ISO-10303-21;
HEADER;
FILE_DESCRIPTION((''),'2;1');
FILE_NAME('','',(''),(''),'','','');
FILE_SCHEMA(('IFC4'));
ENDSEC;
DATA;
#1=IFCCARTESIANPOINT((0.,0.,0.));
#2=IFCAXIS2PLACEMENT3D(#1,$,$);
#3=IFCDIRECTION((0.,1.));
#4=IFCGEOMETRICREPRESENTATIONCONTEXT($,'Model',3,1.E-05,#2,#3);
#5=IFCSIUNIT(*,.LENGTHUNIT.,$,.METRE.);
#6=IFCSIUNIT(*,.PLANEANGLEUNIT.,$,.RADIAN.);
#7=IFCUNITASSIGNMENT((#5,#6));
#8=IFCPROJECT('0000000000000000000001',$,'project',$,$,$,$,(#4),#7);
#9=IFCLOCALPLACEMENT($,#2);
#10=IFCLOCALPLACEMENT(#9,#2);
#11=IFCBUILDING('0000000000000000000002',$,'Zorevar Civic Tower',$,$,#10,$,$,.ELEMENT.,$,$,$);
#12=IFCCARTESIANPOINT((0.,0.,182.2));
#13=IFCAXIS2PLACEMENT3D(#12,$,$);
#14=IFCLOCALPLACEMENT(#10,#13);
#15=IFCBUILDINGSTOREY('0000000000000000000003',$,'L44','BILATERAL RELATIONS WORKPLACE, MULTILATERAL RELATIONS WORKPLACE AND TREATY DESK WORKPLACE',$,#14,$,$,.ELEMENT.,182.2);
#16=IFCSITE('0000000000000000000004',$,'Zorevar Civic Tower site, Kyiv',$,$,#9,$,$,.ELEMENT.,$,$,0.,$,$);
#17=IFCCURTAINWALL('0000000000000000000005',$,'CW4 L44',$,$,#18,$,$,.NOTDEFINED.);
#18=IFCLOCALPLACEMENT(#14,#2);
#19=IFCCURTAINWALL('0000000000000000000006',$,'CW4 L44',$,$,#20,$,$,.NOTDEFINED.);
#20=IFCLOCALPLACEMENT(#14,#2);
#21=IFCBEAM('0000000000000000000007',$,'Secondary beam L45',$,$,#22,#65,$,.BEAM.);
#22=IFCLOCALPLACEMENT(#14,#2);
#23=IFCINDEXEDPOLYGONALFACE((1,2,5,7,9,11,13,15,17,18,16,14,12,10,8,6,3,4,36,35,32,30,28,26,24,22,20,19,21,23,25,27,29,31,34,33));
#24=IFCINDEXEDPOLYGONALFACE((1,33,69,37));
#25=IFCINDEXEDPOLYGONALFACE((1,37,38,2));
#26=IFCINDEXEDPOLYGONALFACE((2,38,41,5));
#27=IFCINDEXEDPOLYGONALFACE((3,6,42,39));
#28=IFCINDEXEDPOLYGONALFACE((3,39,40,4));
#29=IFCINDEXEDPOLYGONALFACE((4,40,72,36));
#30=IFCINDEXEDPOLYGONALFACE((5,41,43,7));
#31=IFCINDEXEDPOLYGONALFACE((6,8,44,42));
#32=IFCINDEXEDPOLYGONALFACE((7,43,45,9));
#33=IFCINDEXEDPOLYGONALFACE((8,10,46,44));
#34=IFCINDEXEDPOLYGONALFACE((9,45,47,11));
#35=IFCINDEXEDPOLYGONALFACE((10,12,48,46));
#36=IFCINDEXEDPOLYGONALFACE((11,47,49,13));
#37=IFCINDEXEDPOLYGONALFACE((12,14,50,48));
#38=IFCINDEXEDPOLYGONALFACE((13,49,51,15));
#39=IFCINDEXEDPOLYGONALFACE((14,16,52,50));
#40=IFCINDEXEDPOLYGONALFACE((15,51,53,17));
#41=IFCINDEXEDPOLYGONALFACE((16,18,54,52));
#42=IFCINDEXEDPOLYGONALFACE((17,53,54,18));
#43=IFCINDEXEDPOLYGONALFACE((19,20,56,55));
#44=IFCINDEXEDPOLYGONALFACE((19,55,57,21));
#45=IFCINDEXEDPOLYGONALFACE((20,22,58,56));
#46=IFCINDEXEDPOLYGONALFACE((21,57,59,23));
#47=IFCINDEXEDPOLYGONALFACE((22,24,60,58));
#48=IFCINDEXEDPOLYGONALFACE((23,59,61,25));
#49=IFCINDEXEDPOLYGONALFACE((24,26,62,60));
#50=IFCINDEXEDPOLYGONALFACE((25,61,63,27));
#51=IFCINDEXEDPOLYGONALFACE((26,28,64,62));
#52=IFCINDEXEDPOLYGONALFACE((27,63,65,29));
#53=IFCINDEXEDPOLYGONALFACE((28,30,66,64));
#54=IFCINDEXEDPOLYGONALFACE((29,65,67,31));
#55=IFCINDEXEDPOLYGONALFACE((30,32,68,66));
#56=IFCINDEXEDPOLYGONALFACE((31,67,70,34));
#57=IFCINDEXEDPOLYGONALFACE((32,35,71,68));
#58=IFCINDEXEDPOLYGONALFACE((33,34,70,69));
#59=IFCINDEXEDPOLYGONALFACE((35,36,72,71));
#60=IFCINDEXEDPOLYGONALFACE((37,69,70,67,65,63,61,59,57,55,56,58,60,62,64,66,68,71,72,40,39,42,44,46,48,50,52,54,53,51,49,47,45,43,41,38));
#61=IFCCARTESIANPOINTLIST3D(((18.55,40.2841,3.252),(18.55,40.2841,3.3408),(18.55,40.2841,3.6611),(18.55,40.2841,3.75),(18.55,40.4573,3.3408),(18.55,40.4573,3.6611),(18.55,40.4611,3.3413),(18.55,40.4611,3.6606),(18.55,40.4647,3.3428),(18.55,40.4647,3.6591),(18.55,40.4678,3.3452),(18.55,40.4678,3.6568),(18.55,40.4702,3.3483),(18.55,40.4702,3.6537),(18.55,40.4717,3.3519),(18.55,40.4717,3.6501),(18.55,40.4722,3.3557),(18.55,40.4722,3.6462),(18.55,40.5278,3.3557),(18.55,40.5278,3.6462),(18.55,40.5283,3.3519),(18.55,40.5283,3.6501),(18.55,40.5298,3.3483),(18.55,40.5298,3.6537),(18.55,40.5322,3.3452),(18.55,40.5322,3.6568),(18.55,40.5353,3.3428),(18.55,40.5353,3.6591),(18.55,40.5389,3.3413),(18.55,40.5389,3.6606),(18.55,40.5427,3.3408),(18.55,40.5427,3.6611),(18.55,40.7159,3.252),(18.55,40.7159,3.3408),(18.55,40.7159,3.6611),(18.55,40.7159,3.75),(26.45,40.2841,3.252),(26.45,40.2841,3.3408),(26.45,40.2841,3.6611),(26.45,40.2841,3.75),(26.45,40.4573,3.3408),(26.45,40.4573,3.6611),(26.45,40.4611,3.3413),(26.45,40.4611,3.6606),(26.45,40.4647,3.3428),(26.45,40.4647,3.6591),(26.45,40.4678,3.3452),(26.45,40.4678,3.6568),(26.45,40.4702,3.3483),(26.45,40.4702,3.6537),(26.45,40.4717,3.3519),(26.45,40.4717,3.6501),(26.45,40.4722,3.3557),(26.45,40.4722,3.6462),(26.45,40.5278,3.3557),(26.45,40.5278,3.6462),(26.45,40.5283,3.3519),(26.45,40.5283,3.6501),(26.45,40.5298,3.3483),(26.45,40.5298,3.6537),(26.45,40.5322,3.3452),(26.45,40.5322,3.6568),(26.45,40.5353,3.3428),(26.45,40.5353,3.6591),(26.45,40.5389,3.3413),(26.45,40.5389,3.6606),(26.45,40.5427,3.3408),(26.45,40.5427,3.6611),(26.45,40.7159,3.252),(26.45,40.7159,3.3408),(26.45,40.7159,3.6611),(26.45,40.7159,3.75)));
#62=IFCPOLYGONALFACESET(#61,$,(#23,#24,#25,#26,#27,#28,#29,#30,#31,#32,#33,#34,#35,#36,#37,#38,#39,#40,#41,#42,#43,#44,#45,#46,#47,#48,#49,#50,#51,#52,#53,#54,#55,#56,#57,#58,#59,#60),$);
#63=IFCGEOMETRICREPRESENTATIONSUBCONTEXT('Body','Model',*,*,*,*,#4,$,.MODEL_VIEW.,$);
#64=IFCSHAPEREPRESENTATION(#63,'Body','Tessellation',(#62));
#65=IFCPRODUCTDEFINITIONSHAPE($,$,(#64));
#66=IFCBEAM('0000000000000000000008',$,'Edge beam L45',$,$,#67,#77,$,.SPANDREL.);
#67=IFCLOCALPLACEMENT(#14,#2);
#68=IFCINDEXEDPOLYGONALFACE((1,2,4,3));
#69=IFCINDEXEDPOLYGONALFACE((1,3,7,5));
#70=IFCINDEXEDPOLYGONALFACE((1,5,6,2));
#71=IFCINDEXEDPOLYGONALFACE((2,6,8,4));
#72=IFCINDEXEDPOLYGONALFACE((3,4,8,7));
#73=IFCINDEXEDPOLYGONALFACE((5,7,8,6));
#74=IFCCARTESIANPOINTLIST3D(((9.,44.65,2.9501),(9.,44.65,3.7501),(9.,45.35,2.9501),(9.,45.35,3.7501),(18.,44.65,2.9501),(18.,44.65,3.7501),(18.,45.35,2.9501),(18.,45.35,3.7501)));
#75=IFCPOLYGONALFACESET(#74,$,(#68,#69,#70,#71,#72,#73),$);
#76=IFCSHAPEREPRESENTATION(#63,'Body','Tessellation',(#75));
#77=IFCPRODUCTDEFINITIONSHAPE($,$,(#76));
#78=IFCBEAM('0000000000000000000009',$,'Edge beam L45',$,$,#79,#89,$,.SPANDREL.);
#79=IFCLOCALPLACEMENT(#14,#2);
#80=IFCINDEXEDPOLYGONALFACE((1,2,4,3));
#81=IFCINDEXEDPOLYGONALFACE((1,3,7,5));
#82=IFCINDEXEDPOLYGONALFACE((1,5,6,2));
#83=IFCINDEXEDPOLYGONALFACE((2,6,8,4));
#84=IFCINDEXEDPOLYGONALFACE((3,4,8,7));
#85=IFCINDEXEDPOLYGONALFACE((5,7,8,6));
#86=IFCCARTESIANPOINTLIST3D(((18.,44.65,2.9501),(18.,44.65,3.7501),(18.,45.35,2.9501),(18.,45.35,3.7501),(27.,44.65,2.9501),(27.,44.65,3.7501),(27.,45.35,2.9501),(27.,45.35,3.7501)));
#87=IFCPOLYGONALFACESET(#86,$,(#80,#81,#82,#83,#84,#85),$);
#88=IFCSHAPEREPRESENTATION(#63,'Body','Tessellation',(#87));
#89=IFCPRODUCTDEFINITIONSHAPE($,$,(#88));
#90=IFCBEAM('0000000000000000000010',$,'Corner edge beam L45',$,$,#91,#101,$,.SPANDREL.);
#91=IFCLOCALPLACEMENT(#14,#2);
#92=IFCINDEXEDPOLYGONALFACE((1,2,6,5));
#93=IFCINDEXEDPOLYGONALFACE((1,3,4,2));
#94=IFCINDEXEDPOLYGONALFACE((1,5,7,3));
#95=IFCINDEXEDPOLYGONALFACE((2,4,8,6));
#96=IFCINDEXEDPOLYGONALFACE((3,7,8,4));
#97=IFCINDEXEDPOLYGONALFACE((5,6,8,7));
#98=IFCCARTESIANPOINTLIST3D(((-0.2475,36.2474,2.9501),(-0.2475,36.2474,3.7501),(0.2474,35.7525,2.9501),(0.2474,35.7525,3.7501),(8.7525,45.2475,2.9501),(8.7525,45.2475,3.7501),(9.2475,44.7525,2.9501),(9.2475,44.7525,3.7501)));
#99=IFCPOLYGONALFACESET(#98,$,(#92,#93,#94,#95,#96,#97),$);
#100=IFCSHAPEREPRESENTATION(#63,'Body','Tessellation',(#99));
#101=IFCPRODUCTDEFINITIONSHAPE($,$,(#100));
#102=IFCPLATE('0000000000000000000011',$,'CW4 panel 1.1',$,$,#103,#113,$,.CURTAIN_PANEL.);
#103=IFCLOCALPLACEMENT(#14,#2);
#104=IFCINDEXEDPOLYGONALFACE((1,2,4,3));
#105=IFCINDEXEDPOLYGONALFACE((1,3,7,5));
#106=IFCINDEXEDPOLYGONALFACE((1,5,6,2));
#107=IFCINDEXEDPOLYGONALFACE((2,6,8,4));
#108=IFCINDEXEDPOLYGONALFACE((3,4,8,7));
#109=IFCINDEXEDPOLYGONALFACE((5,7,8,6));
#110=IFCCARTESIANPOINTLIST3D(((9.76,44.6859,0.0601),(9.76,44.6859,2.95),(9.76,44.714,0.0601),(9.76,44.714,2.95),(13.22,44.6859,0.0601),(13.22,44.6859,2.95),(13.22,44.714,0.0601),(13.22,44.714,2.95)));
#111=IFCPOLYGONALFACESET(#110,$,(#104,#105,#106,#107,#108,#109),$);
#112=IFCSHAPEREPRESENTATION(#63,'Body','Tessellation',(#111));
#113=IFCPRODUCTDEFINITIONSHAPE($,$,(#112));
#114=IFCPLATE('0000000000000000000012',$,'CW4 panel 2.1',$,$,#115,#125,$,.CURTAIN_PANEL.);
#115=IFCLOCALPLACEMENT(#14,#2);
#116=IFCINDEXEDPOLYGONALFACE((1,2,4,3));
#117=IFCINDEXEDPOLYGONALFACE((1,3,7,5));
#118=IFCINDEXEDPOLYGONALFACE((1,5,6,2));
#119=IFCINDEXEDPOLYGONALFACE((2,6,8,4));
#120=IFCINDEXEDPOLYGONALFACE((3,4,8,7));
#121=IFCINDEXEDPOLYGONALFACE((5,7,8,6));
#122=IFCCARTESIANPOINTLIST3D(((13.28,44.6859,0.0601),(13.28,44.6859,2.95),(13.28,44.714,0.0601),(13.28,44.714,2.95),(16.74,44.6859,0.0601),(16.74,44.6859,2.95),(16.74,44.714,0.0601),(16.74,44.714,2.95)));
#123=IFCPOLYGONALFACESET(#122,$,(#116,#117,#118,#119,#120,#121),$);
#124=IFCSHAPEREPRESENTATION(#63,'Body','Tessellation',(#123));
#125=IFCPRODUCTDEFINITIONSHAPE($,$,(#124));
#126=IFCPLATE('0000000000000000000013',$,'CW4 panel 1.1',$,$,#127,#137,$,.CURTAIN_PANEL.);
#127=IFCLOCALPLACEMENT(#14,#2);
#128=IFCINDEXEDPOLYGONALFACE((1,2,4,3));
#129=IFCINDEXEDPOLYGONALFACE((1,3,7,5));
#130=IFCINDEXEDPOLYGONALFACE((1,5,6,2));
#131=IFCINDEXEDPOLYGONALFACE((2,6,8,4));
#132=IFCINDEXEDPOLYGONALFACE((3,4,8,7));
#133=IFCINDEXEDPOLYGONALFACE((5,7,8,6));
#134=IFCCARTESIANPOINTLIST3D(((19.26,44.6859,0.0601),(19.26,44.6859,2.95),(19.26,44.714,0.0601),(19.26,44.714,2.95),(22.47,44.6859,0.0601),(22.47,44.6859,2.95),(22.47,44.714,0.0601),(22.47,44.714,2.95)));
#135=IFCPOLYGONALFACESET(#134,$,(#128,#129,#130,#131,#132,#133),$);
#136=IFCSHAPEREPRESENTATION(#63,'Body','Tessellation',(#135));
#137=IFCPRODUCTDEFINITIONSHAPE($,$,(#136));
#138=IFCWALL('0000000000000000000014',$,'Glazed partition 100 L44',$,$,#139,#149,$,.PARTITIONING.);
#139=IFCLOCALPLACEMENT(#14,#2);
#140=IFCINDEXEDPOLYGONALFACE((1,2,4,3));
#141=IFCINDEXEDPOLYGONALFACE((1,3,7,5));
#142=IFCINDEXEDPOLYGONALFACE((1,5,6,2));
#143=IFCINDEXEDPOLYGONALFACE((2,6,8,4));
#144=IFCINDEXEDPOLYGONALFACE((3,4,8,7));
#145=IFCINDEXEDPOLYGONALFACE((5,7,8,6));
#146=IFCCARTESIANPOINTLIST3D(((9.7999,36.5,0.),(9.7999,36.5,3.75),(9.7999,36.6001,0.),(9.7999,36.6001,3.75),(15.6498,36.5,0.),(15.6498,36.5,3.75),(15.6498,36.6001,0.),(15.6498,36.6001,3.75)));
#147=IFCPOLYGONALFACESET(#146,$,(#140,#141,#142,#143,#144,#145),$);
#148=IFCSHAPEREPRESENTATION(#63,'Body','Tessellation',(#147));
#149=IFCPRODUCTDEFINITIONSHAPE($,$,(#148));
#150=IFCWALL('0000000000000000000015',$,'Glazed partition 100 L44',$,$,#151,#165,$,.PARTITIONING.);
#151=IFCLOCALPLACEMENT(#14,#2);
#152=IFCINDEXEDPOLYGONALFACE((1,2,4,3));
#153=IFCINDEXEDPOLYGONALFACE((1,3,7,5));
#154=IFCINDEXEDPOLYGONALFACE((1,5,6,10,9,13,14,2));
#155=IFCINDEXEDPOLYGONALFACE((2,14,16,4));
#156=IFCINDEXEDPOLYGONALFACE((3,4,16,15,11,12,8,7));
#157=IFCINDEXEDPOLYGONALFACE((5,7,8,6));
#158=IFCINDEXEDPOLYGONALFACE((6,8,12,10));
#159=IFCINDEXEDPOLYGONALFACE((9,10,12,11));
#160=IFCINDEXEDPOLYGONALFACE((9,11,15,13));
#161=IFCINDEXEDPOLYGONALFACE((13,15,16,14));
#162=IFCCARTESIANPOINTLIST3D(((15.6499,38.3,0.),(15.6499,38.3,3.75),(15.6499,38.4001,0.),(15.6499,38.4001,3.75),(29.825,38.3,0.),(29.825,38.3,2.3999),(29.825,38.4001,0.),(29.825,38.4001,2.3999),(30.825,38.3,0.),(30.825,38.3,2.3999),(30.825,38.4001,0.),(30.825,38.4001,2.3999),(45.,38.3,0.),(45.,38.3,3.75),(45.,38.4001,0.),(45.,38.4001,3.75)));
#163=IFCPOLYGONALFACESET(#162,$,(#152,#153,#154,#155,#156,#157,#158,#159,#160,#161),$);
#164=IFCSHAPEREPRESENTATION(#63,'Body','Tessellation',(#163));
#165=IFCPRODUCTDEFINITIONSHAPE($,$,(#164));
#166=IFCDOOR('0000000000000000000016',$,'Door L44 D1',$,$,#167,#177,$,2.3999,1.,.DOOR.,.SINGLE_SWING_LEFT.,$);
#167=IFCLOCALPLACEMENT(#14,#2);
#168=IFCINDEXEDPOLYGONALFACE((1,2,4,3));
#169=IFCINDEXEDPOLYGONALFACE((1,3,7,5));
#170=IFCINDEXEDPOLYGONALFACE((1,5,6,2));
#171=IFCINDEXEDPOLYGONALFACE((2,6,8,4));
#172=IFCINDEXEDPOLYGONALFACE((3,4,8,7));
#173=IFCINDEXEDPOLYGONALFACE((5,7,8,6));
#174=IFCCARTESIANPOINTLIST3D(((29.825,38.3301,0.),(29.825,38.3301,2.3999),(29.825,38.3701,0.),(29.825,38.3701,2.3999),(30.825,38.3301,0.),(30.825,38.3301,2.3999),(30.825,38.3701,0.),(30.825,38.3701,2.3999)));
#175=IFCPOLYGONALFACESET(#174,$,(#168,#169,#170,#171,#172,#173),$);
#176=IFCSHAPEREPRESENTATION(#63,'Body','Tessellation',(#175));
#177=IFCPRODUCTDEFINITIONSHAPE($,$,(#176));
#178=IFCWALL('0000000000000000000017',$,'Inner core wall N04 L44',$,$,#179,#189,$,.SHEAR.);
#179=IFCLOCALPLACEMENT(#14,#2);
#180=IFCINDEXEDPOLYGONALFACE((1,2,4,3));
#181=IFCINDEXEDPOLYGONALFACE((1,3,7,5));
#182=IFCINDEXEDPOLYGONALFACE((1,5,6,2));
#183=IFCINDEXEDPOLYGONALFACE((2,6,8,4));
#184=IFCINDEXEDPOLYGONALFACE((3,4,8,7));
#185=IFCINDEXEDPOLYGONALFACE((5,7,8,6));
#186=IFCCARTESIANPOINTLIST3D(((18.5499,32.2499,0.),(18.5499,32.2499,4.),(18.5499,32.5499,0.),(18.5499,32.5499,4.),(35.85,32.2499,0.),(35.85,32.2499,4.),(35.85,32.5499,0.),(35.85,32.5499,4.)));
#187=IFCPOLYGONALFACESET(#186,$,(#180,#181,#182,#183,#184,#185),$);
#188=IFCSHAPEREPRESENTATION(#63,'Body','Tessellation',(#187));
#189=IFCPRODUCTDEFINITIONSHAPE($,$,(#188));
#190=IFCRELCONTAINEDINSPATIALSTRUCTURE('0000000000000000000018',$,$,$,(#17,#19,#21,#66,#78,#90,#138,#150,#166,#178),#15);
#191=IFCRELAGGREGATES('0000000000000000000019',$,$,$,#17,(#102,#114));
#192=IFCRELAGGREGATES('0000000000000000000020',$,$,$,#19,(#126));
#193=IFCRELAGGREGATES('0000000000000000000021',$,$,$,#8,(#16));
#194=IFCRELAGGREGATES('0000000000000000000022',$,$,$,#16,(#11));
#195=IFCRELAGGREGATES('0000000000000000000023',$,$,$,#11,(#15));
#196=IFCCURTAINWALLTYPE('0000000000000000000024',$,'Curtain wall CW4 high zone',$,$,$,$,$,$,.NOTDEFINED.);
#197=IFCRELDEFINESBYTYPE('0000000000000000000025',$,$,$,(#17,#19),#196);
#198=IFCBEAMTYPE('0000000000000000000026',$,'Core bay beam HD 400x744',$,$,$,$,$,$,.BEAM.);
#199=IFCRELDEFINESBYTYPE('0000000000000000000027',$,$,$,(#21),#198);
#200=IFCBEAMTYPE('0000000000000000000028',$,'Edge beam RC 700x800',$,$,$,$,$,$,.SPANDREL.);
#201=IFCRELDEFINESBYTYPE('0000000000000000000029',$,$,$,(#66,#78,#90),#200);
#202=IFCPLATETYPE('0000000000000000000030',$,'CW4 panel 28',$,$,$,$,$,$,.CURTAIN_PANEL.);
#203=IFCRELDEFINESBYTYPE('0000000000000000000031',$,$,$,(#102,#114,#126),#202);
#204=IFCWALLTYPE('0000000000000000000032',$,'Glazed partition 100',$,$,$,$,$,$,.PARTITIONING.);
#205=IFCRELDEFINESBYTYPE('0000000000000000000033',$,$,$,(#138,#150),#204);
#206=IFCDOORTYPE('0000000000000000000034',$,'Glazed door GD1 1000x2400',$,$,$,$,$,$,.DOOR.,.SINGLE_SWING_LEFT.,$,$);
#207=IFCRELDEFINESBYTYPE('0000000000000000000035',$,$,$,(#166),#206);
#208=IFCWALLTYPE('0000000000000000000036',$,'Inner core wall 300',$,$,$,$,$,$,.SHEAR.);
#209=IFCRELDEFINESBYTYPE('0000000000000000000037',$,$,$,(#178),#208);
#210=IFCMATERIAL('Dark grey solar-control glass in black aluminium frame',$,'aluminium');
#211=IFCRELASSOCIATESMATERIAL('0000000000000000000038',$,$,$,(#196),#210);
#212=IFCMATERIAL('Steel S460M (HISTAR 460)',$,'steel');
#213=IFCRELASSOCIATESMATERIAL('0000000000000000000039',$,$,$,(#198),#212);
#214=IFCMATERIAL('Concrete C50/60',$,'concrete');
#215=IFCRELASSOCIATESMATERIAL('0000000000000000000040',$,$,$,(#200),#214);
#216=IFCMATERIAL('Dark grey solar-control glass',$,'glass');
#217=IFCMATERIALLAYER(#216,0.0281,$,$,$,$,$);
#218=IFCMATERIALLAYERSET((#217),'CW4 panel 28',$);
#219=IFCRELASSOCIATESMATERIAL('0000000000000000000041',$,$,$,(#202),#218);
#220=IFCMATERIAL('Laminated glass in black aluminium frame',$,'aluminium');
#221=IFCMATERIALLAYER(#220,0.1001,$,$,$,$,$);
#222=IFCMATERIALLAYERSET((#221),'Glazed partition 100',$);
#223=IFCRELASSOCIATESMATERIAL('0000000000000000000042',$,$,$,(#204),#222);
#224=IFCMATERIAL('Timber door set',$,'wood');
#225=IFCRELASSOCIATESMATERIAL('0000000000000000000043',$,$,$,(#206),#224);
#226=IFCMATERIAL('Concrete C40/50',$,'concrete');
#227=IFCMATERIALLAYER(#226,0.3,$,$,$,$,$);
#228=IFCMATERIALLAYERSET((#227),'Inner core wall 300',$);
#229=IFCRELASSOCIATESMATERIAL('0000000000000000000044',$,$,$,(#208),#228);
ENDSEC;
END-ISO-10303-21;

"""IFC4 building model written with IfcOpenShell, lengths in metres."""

from ifc_helpers import new_model, si_unit, direction, frame, frame_2d, origin, origin_2d, place, context, subcontext, project, spatial, rectangle, i_section, extrude, material, layer, layer_set, material_profile, profile_set, type_object, element, fill, aggregate, save


model = new_model("IFC4")

# Units and contexts
model_context = context("Model", 3, precision=1e-05, world=origin(), true_north=direction((0.0, 1.0)))
body_context = subcontext(model_context, "Body", "Model", "MODEL_VIEW")
ifc_project = project(units=[si_unit("LENGTHUNIT", "METRE"), si_unit("PLANEANGLEUNIT", "RADIAN")], contexts=[model_context])

# Site, building, storey
site_placement = place(None, origin())
site = spatial("IfcSite", under=ifc_project, at=site_placement, Name="Zorevar Civic Tower site, Kyiv", CompositionType="ELEMENT", RefElevation=0.0)
building_placement = place(site_placement, origin())
building = spatial("IfcBuilding", under=site, at=building_placement, Name="Zorevar Civic Tower", CompositionType="ELEMENT")
storey_placement = place(building_placement, frame((0.0, 0.0, 182.2)))
storey = spatial("IfcBuildingStorey", under=building, at=storey_placement, Name="L44", Description="BILATERAL RELATIONS WORKPLACE, MULTILATERAL RELATIONS WORKPLACE AND TREATY DESK WORKPLACE", CompositionType="ELEMENT", Elevation=182.2)

# Curtain wall
ifc_material_1 = material(Name="Dark grey solar-control glass in black aluminium frame", Category="aluminium")
curtain_wall_type = type_object("IfcCurtainWallType", Name="Curtain wall CW4 high zone", PredefinedType="NOTDEFINED", material=ifc_material_1)
curtain_wall_1_placement = place(storey_placement, origin())
curtain_wall_1 = element("IfcCurtainWall", 1, at=curtain_wall_1_placement, inside=storey, type_object=curtain_wall_type, Name="CW4 L44", PredefinedType="NOTDEFINED")

# Curtain wall
curtain_wall_2_placement = place(storey_placement, origin())
curtain_wall_2 = element("IfcCurtainWall", 2, at=curtain_wall_2_placement, inside=storey, type_object=curtain_wall_type, Name="CW4 L44", PredefinedType="NOTDEFINED")

# Beams
ifc_material_2 = material(Name="Steel S460M (HISTAR 460)", Category="steel")
ifc_material_profile_1 = material_profile(ifc_material_2, i_section(OverallWidth=0.4319, OverallDepth=0.498, WebThickness=0.0557, FlangeThickness=0.0889, FilletRadius=0.0149, at=origin_2d()), Name="HD 400x744")
ifc_profile_set_1 = profile_set([ifc_material_profile_1], Name="Steel S460M (HISTAR 460)")
beam_type_1 = type_object("IfcBeamType", Name="Core bay beam HD 400x744", PredefinedType="BEAM", material=ifc_profile_set_1)
beam_1_placement = place(storey_placement, frame((18.55, 40.5, 3.501), z_axis=(1.0, 0.0, 0.0), x_axis=(0.0, 1.0, 0.0)))
element("IfcBeam", 3, at=beam_1_placement, inside=storey, type_object=beam_type_1, Name="Secondary beam L45", PredefinedType="BEAM", context=body_context, shape_type="SweptSolid", body=[
    extrude(i_section(OverallWidth=0.4319, OverallDepth=0.498, WebThickness=0.0557, FlangeThickness=0.0889, FilletRadius=0.0149, at=origin_2d()), origin(), (0.0, 0.0, 1.0), 7.8999),
])
ifc_material_3 = material(Name="Concrete C50/60", Category="concrete")
ifc_material_profile_2 = material_profile(ifc_material_3, rectangle(XDim=0.7, YDim=0.8, at=origin_2d()), Name="RC 700x800")
ifc_profile_set_2 = profile_set([ifc_material_profile_2], Name="Concrete C50/60")
beam_type_2 = type_object("IfcBeamType", Name="Edge beam RC 700x800", PredefinedType="SPANDREL", material=ifc_profile_set_2)
for number, where, z_axis, x_axis, name in (
    (4, (9.0, 45.0, 3.3501), (1.0, 0.0, 0.0), (0.0, 1.0, 0.0), "Edge beam L45"),
    (5, (18.0, 45.0, 3.3501), (1.0, 0.0, 0.0), (0.0, 1.0, 0.0), "Edge beam L45"),
):
    element("IfcBeam", number, at=place(storey_placement, frame(where, z_axis=z_axis, x_axis=x_axis)), inside=storey, type_object=beam_type_2, Name=name, PredefinedType="SPANDREL", context=body_context, shape_type="SweptSolid", body=[
        extrude(rectangle(XDim=0.7, YDim=0.8, at=origin_2d()), origin(), (0.0, 0.0, 1.0), 9.0),
    ])
beam_2_placement = place(storey_placement, frame((9.0, 45.0, 3.3501), z_axis=(-0.707107, -0.707107, 0.0), x_axis=(0.707107, -0.707107, 0.0)))
element("IfcBeam", 6, at=beam_2_placement, inside=storey, type_object=beam_type_2, Name="Corner edge beam L45", PredefinedType="SPANDREL", context=body_context, shape_type="SweptSolid", body=[
    extrude(rectangle(XDim=0.7, YDim=0.8, at=origin_2d()), origin(), (0.0, 0.0, 1.0), 12.728),
])

# Plates
ifc_material_4 = material(Name="Dark grey solar-control glass", Category="glass")
ifc_layer_1 = layer(ifc_material_4, 0.0281)
ifc_layer_set_1 = layer_set([ifc_layer_1], Name="CW4 panel 28")
plate_type = type_object("IfcPlateType", Name="CW4 panel 28", PredefinedType="CURTAIN_PANEL", material=ifc_layer_set_1)
plate_1_placement = place(storey_placement, frame((11.49, 44.7, 0.0601), z_axis=(0.0, 0.0, 1.0), x_axis=(1.0, 0.0, 0.0)))
plate_1 = element("IfcPlate", 7, at=plate_1_placement, type_object=plate_type, Name="CW4 panel 1.1", PredefinedType="CURTAIN_PANEL", context=body_context, shape_type="SweptSolid", body=[
    extrude(rectangle(XDim=3.46, YDim=0.0281, at=origin_2d()), origin(), (0.0, 0.0, 1.0), 2.8899),
])
plate_2_placement = place(storey_placement, frame((15.01, 44.7, 0.0601), z_axis=(0.0, 0.0, 1.0), x_axis=(1.0, 0.0, 0.0)))
plate_2 = element("IfcPlate", 8, at=plate_2_placement, type_object=plate_type, Name="CW4 panel 2.1", PredefinedType="CURTAIN_PANEL", context=body_context, shape_type="SweptSolid", body=[
    extrude(rectangle(XDim=3.46, YDim=0.0281, at=origin_2d()), origin(), (0.0, 0.0, 1.0), 2.8899),
])
aggregate(curtain_wall_1, [plate_1, plate_2])
plate_3_placement = place(storey_placement, frame((20.865, 44.7, 0.0601), z_axis=(0.0, 0.0, 1.0), x_axis=(1.0, 0.0, 0.0)))
plate_3 = element("IfcPlate", 9, at=plate_3_placement, type_object=plate_type, Name="CW4 panel 1.1", PredefinedType="CURTAIN_PANEL", context=body_context, shape_type="SweptSolid", body=[
    extrude(rectangle(XDim=3.21, YDim=0.0281, at=origin_2d()), origin(), (0.0, 0.0, 1.0), 2.8899),
])
aggregate(curtain_wall_2, [plate_3])

# Wall
ifc_material_5 = material(Name="Laminated glass in black aluminium frame", Category="aluminium")
ifc_layer_2 = layer(ifc_material_5, 0.1001)
ifc_layer_set_2 = layer_set([ifc_layer_2], Name="Glazed partition 100")
wall_type_1 = type_object("IfcWallType", Name="Glazed partition 100", PredefinedType="PARTITIONING", material=ifc_layer_set_2)
wall_1_placement = place(storey_placement, frame((9.8, 36.55, 0.0), z_axis=(0.0, 0.0, 1.0), x_axis=(1.0, 0.0, 0.0)))
element("IfcWall", 10, at=wall_1_placement, inside=storey, type_object=wall_type_1, Name="Glazed partition 100 L44", PredefinedType="PARTITIONING", context=body_context, shape_type="SweptSolid", body=[
    extrude(rectangle(XDim=5.8499, YDim=0.1001, at=frame_2d((2.9248, 0.0))), origin(), (0.0, 0.0, 1.0), 3.75),
])

# Wall, opening, door
wall_2_placement = place(storey_placement, frame((15.6499, 38.3501, 0.0), z_axis=(0.0, 0.0, 1.0), x_axis=(1.0, 0.0, 0.0)))
wall_2 = element("IfcWall", 11, at=wall_2_placement, inside=storey, type_object=wall_type_1, Name="Glazed partition 100 L44", PredefinedType="PARTITIONING", context=body_context, shape_type="SweptSolid", body=[
    extrude(rectangle(XDim=29.3501, YDim=0.1001, at=frame_2d((14.675, 0.0))), origin(), (0.0, 0.0, 1.0), 3.75),
])
opening_1_placement = place(wall_2_placement, frame((14.175, 0.0, 0.0)))
opening_1 = element("IfcOpeningElement", 12, at=opening_1_placement, cuts=wall_2, PredefinedType="OPENING", context=body_context, shape_type="SweptSolid", body=[
    extrude(rectangle(XDim=1.0, YDim=2.3999, at=frame_2d((0.5, 1.2))), frame((0.0, 0.0601, 0.0), z_axis=(0.0, -1.0, 0.0), x_axis=(1.0, 0.0, 0.0)), (0.0, 0.0, 1.0), 0.1201),
])
ifc_material_6 = material(Name="Timber door set", Category="wood")
door_type_1 = type_object("IfcDoorType", Name="Glazed door GD1 1000x2400", OperationType="SINGLE_SWING_LEFT", PredefinedType="DOOR", material=ifc_material_6)
door_1_placement = place(opening_1_placement, origin())
door_1 = element("IfcDoor", 13, at=door_1_placement, inside=storey, type_object=door_type_1, Name="Door L44 D1", OperationType="SINGLE_SWING_LEFT", OverallHeight=2.3999, OverallWidth=1.0, PredefinedType="DOOR", context=body_context, shape_type="SweptSolid", body=[
    extrude(rectangle(XDim=1.0, YDim=2.3999, at=frame_2d((0.5, 1.2))), frame((0.0, 0.02, 0.0), z_axis=(0.0, -1.0, 0.0), x_axis=(1.0, 0.0, 0.0)), (0.0, 0.0, 1.0), 0.04),
])
fill(opening_1, door_1)

# Wall
ifc_material_7 = material(Name="Concrete C40/50", Category="concrete")
ifc_layer_3 = layer(ifc_material_7, 0.3)
ifc_layer_set_3 = layer_set([ifc_layer_3], Name="Inner core wall 300")
wall_type_2 = type_object("IfcWallType", Name="Inner core wall 300", PredefinedType="SHEAR", material=ifc_layer_set_3)
wall_3_placement = place(storey_placement, frame((18.55, 32.3999, 0.0), z_axis=(0.0, 0.0, 1.0), x_axis=(1.0, 0.0, 0.0)))
element("IfcWall", 14, at=wall_3_placement, inside=storey, type_object=wall_type_2, Name="Inner core wall N04 L44", PredefinedType="SHEAR", context=body_context, shape_type="SweptSolid", body=[
    extrude(rectangle(XDim=17.3, YDim=0.3, at=frame_2d((8.6499, 0.0))), origin(), (0.0, 0.0, 1.0), 4.0),
])

save(model, "model.ifc")
